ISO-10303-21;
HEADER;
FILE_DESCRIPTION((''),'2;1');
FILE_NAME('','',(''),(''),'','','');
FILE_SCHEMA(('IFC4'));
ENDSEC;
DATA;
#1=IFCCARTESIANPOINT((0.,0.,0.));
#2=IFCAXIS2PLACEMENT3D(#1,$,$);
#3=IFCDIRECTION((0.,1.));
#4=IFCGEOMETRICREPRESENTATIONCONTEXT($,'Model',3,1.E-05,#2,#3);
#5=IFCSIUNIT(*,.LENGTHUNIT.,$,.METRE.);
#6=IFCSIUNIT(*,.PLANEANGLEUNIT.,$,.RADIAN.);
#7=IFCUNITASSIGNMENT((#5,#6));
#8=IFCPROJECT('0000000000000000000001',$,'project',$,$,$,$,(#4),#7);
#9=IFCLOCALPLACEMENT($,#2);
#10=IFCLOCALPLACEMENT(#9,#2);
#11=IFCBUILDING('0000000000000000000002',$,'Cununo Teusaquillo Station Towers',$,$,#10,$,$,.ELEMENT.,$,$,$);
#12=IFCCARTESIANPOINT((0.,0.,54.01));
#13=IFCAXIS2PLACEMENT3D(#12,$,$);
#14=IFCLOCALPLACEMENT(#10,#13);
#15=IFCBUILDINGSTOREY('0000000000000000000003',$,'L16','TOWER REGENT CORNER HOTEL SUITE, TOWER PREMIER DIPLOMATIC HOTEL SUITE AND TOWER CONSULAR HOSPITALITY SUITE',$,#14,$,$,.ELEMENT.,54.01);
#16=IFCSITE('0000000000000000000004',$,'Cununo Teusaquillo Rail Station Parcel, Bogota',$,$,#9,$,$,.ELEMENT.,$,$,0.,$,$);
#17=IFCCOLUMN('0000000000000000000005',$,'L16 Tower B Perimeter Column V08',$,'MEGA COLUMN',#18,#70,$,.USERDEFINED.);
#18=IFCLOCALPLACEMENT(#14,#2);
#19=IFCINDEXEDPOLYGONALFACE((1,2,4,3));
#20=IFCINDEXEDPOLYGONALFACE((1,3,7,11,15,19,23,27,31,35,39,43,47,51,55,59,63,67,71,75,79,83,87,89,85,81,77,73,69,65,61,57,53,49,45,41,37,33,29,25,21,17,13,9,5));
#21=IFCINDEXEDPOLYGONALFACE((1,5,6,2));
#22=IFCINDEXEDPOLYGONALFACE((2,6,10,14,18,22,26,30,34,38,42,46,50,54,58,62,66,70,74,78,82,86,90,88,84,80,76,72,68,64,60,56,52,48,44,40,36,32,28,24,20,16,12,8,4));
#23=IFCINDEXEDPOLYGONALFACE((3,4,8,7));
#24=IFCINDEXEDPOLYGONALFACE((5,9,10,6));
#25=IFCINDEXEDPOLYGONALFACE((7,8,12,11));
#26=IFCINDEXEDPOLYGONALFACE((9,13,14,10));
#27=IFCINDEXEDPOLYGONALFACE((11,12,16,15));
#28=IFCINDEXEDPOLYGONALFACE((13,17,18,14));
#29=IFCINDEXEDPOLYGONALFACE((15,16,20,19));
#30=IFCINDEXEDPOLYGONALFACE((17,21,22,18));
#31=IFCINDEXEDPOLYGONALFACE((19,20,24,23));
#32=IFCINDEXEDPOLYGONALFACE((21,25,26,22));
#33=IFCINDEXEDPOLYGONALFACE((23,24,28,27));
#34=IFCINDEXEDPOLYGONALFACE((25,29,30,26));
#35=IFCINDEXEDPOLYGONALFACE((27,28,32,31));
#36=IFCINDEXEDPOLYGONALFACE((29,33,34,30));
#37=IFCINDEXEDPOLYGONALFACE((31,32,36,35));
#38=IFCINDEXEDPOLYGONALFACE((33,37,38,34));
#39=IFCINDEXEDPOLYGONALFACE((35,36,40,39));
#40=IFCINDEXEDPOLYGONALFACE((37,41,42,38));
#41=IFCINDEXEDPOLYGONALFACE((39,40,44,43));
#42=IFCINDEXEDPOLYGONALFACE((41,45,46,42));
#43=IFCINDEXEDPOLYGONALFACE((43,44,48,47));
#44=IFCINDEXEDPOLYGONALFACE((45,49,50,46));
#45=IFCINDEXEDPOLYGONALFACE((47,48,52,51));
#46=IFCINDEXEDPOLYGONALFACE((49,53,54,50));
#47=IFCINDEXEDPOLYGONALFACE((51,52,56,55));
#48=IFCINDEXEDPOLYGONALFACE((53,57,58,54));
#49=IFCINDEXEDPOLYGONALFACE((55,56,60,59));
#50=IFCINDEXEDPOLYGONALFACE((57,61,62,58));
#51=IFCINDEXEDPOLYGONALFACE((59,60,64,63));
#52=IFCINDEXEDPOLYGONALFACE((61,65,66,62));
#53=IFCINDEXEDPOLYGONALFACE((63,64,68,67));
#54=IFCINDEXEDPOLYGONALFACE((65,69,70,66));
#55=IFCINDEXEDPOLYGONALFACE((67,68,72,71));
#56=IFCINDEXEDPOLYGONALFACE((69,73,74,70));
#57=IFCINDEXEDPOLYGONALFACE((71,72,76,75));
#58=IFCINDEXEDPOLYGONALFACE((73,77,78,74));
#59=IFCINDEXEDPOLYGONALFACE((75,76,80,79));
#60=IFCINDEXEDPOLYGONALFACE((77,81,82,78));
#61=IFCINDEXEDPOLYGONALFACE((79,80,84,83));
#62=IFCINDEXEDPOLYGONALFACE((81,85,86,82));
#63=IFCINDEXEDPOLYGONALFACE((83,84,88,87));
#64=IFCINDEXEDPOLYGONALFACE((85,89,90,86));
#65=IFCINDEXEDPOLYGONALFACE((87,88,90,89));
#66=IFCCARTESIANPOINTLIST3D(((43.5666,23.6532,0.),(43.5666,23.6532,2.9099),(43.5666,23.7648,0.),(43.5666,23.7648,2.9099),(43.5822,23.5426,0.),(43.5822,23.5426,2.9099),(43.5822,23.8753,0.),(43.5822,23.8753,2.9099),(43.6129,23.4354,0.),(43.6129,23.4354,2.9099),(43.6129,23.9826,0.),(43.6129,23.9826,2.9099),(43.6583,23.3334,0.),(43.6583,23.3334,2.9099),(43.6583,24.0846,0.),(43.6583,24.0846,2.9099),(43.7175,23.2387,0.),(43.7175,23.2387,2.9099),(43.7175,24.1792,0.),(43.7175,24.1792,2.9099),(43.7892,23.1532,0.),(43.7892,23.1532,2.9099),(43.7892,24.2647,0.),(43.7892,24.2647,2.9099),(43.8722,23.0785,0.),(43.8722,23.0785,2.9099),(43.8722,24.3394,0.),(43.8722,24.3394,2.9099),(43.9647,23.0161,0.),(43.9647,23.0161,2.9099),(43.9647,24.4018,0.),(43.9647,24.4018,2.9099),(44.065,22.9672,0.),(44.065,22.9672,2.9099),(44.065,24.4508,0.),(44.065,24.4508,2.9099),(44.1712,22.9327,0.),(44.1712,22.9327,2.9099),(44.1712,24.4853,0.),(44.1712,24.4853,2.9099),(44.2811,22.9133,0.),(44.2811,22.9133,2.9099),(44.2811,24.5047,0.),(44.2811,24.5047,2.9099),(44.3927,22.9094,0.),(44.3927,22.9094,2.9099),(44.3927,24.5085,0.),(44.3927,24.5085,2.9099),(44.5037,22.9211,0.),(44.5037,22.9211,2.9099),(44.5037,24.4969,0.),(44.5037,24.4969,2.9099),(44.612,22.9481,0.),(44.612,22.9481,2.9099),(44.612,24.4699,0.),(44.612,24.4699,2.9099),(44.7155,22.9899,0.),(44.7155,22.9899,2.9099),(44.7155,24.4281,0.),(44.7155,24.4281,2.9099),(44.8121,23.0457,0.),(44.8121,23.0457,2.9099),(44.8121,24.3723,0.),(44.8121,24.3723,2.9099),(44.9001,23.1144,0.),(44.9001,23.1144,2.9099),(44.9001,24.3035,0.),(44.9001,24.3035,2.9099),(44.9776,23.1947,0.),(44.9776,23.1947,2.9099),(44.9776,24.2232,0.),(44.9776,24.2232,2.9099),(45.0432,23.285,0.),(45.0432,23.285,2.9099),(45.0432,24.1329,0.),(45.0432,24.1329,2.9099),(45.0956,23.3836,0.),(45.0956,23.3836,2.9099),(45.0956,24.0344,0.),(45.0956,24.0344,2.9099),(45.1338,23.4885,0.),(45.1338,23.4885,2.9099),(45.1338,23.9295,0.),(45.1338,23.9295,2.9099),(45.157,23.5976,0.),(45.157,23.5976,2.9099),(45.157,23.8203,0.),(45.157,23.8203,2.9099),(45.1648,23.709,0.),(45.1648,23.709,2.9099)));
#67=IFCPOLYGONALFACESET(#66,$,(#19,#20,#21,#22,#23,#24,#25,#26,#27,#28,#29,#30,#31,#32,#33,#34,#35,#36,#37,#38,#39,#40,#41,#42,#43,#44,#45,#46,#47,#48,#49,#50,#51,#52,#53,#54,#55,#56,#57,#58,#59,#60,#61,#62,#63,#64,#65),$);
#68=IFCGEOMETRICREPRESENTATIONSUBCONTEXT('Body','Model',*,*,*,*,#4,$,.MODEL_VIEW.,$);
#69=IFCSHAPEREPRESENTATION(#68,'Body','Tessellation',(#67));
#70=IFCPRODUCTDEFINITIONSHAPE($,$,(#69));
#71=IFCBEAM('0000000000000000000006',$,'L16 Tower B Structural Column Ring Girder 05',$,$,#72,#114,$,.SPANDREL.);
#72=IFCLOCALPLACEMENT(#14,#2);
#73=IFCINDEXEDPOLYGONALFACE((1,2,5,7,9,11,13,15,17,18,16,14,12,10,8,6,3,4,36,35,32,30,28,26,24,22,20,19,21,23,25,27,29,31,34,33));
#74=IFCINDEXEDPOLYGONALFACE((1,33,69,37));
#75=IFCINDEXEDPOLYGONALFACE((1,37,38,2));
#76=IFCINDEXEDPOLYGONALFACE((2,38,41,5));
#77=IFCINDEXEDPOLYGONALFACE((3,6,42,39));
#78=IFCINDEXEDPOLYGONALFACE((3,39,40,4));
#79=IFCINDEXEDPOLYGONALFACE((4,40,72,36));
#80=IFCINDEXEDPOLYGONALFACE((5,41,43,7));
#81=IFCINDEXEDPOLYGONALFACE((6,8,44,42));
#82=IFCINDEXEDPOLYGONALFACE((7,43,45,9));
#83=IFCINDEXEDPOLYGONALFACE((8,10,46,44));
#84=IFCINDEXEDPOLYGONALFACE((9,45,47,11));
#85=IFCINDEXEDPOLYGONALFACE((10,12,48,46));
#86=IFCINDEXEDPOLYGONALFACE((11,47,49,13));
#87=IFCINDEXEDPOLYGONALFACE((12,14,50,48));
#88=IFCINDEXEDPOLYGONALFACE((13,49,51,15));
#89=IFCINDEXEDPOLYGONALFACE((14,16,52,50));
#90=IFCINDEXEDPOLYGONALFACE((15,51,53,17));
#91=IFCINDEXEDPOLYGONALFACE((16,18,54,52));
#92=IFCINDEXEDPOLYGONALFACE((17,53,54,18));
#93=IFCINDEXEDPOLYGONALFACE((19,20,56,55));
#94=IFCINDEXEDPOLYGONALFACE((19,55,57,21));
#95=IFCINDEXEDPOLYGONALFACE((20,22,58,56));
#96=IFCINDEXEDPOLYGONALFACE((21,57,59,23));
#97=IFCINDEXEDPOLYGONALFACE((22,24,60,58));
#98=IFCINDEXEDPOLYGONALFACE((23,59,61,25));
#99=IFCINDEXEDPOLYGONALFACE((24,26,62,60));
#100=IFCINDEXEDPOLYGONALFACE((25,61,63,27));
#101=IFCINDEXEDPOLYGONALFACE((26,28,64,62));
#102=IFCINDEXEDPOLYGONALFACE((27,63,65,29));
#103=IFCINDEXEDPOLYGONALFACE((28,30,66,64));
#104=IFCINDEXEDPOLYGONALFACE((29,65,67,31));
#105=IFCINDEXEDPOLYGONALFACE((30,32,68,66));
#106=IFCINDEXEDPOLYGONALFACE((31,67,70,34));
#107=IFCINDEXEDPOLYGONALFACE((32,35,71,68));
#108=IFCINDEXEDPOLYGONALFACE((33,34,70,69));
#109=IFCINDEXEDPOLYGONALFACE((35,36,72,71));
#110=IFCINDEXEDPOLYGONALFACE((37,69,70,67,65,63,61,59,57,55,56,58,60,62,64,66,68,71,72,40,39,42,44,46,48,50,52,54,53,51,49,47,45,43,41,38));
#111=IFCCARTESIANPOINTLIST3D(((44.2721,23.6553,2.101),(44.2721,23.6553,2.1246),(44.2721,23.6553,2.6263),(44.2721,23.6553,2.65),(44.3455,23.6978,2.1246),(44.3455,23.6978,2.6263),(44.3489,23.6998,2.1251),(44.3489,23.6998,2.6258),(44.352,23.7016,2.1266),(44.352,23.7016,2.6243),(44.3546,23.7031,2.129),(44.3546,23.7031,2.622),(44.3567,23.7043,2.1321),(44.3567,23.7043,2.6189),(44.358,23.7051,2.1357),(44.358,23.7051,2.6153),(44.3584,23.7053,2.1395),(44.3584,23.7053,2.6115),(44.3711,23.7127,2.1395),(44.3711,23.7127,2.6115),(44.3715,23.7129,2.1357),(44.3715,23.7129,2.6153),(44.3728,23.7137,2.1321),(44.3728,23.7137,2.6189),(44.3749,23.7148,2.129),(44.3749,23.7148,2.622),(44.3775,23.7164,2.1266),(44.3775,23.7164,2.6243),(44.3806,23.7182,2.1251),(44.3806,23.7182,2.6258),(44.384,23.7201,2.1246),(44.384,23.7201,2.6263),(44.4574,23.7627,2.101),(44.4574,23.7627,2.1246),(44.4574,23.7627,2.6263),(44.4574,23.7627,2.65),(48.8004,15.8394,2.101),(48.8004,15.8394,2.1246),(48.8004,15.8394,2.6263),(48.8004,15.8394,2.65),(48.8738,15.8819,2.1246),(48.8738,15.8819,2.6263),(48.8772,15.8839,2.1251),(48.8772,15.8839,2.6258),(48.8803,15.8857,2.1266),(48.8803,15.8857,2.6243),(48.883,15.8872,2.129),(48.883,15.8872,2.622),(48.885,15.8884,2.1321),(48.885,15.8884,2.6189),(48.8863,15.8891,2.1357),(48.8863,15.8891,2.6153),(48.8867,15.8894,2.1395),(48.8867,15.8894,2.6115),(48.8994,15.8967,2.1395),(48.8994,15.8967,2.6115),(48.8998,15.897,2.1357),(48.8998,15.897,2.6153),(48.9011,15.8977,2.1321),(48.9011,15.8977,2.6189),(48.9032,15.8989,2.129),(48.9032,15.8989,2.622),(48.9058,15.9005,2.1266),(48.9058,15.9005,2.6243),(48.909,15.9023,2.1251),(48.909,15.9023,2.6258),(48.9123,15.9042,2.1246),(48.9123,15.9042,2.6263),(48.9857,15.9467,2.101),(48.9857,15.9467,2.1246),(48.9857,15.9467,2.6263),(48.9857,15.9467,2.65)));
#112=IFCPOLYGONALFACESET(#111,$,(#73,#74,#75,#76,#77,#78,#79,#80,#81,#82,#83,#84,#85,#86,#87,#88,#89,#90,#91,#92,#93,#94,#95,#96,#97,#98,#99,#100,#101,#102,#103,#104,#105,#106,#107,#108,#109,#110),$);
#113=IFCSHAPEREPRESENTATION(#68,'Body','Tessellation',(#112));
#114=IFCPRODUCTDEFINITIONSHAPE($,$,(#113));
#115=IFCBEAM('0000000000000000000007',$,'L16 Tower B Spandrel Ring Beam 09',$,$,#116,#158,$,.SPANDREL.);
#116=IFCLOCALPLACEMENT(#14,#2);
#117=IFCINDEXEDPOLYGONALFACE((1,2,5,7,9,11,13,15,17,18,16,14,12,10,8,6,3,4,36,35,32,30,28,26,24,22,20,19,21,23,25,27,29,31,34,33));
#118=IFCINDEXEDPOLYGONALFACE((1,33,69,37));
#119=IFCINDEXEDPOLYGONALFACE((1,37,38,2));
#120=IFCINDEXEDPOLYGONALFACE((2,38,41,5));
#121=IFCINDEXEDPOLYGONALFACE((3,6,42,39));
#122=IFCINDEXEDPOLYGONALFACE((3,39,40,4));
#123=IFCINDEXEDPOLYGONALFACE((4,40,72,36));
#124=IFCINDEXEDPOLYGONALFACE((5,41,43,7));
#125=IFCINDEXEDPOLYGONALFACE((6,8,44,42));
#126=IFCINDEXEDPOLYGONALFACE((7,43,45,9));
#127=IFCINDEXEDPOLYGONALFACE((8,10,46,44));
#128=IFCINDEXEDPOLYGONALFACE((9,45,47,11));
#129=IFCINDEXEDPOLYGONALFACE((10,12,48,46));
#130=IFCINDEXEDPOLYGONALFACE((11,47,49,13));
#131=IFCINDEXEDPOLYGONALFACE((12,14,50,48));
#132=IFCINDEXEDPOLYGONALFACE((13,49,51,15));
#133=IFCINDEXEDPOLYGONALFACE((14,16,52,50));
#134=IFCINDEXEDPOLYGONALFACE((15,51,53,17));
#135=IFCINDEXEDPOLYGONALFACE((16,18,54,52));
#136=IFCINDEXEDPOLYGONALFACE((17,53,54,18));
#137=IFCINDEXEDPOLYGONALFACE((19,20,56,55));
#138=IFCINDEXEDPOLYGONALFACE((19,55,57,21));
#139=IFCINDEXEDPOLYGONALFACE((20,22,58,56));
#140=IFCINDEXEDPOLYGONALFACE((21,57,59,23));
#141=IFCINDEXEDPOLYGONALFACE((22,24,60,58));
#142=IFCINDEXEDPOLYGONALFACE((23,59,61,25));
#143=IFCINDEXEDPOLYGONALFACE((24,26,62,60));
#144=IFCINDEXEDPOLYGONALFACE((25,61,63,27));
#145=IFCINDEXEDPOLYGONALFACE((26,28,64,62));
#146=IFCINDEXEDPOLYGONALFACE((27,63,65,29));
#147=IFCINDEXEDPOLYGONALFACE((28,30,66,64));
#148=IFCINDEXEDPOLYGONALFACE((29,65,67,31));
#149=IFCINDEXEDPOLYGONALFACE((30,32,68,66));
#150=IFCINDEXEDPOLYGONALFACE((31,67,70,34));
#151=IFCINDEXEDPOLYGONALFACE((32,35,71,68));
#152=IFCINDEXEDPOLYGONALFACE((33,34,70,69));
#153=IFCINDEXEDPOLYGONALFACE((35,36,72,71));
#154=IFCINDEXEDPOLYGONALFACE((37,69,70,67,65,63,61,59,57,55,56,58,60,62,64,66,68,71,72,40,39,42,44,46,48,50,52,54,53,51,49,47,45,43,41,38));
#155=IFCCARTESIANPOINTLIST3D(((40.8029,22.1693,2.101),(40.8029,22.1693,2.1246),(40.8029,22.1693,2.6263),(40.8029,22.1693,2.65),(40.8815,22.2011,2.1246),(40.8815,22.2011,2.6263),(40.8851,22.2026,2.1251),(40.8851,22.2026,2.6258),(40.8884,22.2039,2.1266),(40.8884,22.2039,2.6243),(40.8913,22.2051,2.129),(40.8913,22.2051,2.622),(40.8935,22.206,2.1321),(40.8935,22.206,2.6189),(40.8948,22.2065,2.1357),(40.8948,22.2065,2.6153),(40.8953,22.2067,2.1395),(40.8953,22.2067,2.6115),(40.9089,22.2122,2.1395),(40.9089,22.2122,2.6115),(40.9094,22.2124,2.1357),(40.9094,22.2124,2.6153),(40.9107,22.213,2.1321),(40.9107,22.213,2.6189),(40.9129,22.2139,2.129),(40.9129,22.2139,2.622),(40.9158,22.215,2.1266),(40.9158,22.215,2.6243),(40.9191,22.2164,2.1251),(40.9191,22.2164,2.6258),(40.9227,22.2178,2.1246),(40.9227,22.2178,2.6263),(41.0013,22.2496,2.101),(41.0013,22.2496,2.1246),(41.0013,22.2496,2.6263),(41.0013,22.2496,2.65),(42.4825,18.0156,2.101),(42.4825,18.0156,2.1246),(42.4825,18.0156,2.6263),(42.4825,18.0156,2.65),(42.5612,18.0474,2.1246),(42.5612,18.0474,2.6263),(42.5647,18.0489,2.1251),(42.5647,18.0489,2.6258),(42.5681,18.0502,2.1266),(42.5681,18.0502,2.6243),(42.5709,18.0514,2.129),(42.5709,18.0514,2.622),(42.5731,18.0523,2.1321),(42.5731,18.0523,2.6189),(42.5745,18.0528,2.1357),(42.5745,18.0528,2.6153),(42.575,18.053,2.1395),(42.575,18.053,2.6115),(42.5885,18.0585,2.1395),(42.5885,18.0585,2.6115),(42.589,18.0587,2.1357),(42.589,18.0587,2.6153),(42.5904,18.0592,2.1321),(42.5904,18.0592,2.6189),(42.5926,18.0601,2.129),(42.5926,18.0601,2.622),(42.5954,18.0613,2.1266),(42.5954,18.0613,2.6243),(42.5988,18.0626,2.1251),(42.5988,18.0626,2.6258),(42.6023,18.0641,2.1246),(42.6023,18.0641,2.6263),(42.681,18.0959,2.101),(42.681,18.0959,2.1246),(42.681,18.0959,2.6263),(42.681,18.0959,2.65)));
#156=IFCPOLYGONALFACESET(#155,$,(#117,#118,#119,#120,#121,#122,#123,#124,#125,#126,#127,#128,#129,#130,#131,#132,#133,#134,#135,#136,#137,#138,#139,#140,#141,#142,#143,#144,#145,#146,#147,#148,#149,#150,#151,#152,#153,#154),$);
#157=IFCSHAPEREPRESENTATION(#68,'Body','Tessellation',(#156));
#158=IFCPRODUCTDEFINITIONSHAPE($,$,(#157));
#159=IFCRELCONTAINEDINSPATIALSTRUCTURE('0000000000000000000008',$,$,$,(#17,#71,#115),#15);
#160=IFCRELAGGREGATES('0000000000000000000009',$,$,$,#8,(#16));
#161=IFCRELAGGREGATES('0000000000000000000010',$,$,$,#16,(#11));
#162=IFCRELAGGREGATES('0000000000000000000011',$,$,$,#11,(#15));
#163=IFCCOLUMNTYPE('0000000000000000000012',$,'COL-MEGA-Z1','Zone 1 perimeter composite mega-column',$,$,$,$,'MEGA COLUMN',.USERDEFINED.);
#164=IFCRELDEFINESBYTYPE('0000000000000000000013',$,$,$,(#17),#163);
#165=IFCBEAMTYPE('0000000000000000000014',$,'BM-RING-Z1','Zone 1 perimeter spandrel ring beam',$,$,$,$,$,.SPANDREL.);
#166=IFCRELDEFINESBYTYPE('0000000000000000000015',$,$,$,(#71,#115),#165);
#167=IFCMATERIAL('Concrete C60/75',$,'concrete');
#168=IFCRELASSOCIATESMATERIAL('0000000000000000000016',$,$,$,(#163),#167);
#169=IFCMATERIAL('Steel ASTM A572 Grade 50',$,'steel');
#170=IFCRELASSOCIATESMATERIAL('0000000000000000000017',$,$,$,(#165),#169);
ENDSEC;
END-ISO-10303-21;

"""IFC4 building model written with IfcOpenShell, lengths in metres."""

from ifc_helpers import new_model, si_unit, direction, frame, origin, origin_2d, place, context, subcontext, project, spatial, circle, i_section, extrude, material, material_profile, profile_set, type_object, element, save


model = new_model("IFC4")

# Units and contexts
model_context = context("Model", 3, precision=1e-05, world=origin(), true_north=direction((0.0, 1.0)))
body_context = subcontext(model_context, "Body", "Model", "MODEL_VIEW")
ifc_project = project(units=[si_unit("LENGTHUNIT", "METRE"), si_unit("PLANEANGLEUNIT", "RADIAN")], contexts=[model_context])

# Site, building, storey
site_placement = place(None, origin())
site = spatial("IfcSite", under=ifc_project, at=site_placement, Name="Cununo Teusaquillo Rail Station Parcel, Bogota", CompositionType="ELEMENT", RefElevation=0.0)
building_placement = place(site_placement, origin())
building = spatial("IfcBuilding", under=site, at=building_placement, Name="Cununo Teusaquillo Station Towers", CompositionType="ELEMENT")
storey_placement = place(building_placement, frame((0.0, 0.0, 54.01)))
storey = spatial("IfcBuildingStorey", under=building, at=storey_placement, Name="L16", Description="TOWER REGENT CORNER HOTEL SUITE, TOWER PREMIER DIPLOMATIC HOTEL SUITE AND TOWER CONSULAR HOSPITALITY SUITE", CompositionType="ELEMENT", Elevation=54.01)

# Column
ifc_material_1 = material(Name="Concrete C60/75", Category="concrete")
ifc_material_profile_1 = material_profile(ifc_material_1, circle(Radius=0.8, at=origin_2d()), Name="RC-CIRC-1600")
ifc_profile_set_1 = profile_set([ifc_material_profile_1], Name="Concrete C60/75")
column_type = type_object("IfcColumnType", Name="COL-MEGA-Z1", Description="Zone 1 perimeter composite mega-column", ElementType="MEGA COLUMN", PredefinedType="USERDEFINED", material=ifc_profile_set_1)
column_placement = place(storey_placement, frame((44.3647, 23.709, 0.0), z_axis=(0.0, 0.0, 1.0), x_axis=(1.0, 0.0, 0.0)))
element("IfcColumn", 1, at=column_placement, inside=storey, type_object=column_type, Name="L16 Tower B Perimeter Column V08", ObjectType="MEGA COLUMN", PredefinedType="USERDEFINED", context=body_context, shape_type="SweptSolid", body=[
    extrude(circle(Radius=0.8, at=origin_2d()), origin(), (0.0, 0.0, 1.0), 2.9099),
])

# Beams
ifc_material_2 = material(Name="Steel ASTM A572 Grade 50", Category="steel")
ifc_material_profile_2 = material_profile(ifc_material_2, i_section(OverallWidth=0.2141, OverallDepth=0.5491, WebThickness=0.0146, FlangeThickness=0.0237, FilletRadius=0.0149, at=origin_2d()), Name="W21X93")
ifc_profile_set_2 = profile_set([ifc_material_profile_2], Name="Steel ASTM A572 Grade 50")
beam_type = type_object("IfcBeamType", Name="BM-RING-Z1", Description="Zone 1 perimeter spandrel ring beam", PredefinedType="SPANDREL", material=ifc_profile_set_2)
beam_1_placement = place(storey_placement, frame((44.3647, 23.709, 2.3755), z_axis=(0.501311, -0.865267, 0.0), x_axis=(0.865267, 0.501311, 0.0)))
element("IfcBeam", 2, at=beam_1_placement, inside=storey, type_object=beam_type, Name="L16 Tower B Structural Column Ring Girder 05", PredefinedType="SPANDREL", context=body_context, shape_type="SweptSolid", body=[
    extrude(i_section(OverallWidth=0.2141, OverallDepth=0.5491, WebThickness=0.0146, FlangeThickness=0.0237, FilletRadius=0.0149, at=origin_2d()), origin(), (0.0, 0.0, 1.0), 9.033),
])
beam_2_placement = place(storey_placement, frame((40.9021, 22.2095, 2.3755), z_axis=(0.374883, -0.927072, 0.0), x_axis=(0.927072, 0.374883, 0.0)))
element("IfcBeam", 3, at=beam_2_placement, inside=storey, type_object=beam_type, Name="L16 Tower B Spandrel Ring Beam 09", PredefinedType="SPANDREL", context=body_context, shape_type="SweptSolid", body=[
    extrude(i_section(OverallWidth=0.2141, OverallDepth=0.5491, WebThickness=0.0146, FlangeThickness=0.0237, FilletRadius=0.0149, at=origin_2d()), origin(), (0.0, 0.0, 1.0), 4.4805),
])

save(model, "model.ifc")
